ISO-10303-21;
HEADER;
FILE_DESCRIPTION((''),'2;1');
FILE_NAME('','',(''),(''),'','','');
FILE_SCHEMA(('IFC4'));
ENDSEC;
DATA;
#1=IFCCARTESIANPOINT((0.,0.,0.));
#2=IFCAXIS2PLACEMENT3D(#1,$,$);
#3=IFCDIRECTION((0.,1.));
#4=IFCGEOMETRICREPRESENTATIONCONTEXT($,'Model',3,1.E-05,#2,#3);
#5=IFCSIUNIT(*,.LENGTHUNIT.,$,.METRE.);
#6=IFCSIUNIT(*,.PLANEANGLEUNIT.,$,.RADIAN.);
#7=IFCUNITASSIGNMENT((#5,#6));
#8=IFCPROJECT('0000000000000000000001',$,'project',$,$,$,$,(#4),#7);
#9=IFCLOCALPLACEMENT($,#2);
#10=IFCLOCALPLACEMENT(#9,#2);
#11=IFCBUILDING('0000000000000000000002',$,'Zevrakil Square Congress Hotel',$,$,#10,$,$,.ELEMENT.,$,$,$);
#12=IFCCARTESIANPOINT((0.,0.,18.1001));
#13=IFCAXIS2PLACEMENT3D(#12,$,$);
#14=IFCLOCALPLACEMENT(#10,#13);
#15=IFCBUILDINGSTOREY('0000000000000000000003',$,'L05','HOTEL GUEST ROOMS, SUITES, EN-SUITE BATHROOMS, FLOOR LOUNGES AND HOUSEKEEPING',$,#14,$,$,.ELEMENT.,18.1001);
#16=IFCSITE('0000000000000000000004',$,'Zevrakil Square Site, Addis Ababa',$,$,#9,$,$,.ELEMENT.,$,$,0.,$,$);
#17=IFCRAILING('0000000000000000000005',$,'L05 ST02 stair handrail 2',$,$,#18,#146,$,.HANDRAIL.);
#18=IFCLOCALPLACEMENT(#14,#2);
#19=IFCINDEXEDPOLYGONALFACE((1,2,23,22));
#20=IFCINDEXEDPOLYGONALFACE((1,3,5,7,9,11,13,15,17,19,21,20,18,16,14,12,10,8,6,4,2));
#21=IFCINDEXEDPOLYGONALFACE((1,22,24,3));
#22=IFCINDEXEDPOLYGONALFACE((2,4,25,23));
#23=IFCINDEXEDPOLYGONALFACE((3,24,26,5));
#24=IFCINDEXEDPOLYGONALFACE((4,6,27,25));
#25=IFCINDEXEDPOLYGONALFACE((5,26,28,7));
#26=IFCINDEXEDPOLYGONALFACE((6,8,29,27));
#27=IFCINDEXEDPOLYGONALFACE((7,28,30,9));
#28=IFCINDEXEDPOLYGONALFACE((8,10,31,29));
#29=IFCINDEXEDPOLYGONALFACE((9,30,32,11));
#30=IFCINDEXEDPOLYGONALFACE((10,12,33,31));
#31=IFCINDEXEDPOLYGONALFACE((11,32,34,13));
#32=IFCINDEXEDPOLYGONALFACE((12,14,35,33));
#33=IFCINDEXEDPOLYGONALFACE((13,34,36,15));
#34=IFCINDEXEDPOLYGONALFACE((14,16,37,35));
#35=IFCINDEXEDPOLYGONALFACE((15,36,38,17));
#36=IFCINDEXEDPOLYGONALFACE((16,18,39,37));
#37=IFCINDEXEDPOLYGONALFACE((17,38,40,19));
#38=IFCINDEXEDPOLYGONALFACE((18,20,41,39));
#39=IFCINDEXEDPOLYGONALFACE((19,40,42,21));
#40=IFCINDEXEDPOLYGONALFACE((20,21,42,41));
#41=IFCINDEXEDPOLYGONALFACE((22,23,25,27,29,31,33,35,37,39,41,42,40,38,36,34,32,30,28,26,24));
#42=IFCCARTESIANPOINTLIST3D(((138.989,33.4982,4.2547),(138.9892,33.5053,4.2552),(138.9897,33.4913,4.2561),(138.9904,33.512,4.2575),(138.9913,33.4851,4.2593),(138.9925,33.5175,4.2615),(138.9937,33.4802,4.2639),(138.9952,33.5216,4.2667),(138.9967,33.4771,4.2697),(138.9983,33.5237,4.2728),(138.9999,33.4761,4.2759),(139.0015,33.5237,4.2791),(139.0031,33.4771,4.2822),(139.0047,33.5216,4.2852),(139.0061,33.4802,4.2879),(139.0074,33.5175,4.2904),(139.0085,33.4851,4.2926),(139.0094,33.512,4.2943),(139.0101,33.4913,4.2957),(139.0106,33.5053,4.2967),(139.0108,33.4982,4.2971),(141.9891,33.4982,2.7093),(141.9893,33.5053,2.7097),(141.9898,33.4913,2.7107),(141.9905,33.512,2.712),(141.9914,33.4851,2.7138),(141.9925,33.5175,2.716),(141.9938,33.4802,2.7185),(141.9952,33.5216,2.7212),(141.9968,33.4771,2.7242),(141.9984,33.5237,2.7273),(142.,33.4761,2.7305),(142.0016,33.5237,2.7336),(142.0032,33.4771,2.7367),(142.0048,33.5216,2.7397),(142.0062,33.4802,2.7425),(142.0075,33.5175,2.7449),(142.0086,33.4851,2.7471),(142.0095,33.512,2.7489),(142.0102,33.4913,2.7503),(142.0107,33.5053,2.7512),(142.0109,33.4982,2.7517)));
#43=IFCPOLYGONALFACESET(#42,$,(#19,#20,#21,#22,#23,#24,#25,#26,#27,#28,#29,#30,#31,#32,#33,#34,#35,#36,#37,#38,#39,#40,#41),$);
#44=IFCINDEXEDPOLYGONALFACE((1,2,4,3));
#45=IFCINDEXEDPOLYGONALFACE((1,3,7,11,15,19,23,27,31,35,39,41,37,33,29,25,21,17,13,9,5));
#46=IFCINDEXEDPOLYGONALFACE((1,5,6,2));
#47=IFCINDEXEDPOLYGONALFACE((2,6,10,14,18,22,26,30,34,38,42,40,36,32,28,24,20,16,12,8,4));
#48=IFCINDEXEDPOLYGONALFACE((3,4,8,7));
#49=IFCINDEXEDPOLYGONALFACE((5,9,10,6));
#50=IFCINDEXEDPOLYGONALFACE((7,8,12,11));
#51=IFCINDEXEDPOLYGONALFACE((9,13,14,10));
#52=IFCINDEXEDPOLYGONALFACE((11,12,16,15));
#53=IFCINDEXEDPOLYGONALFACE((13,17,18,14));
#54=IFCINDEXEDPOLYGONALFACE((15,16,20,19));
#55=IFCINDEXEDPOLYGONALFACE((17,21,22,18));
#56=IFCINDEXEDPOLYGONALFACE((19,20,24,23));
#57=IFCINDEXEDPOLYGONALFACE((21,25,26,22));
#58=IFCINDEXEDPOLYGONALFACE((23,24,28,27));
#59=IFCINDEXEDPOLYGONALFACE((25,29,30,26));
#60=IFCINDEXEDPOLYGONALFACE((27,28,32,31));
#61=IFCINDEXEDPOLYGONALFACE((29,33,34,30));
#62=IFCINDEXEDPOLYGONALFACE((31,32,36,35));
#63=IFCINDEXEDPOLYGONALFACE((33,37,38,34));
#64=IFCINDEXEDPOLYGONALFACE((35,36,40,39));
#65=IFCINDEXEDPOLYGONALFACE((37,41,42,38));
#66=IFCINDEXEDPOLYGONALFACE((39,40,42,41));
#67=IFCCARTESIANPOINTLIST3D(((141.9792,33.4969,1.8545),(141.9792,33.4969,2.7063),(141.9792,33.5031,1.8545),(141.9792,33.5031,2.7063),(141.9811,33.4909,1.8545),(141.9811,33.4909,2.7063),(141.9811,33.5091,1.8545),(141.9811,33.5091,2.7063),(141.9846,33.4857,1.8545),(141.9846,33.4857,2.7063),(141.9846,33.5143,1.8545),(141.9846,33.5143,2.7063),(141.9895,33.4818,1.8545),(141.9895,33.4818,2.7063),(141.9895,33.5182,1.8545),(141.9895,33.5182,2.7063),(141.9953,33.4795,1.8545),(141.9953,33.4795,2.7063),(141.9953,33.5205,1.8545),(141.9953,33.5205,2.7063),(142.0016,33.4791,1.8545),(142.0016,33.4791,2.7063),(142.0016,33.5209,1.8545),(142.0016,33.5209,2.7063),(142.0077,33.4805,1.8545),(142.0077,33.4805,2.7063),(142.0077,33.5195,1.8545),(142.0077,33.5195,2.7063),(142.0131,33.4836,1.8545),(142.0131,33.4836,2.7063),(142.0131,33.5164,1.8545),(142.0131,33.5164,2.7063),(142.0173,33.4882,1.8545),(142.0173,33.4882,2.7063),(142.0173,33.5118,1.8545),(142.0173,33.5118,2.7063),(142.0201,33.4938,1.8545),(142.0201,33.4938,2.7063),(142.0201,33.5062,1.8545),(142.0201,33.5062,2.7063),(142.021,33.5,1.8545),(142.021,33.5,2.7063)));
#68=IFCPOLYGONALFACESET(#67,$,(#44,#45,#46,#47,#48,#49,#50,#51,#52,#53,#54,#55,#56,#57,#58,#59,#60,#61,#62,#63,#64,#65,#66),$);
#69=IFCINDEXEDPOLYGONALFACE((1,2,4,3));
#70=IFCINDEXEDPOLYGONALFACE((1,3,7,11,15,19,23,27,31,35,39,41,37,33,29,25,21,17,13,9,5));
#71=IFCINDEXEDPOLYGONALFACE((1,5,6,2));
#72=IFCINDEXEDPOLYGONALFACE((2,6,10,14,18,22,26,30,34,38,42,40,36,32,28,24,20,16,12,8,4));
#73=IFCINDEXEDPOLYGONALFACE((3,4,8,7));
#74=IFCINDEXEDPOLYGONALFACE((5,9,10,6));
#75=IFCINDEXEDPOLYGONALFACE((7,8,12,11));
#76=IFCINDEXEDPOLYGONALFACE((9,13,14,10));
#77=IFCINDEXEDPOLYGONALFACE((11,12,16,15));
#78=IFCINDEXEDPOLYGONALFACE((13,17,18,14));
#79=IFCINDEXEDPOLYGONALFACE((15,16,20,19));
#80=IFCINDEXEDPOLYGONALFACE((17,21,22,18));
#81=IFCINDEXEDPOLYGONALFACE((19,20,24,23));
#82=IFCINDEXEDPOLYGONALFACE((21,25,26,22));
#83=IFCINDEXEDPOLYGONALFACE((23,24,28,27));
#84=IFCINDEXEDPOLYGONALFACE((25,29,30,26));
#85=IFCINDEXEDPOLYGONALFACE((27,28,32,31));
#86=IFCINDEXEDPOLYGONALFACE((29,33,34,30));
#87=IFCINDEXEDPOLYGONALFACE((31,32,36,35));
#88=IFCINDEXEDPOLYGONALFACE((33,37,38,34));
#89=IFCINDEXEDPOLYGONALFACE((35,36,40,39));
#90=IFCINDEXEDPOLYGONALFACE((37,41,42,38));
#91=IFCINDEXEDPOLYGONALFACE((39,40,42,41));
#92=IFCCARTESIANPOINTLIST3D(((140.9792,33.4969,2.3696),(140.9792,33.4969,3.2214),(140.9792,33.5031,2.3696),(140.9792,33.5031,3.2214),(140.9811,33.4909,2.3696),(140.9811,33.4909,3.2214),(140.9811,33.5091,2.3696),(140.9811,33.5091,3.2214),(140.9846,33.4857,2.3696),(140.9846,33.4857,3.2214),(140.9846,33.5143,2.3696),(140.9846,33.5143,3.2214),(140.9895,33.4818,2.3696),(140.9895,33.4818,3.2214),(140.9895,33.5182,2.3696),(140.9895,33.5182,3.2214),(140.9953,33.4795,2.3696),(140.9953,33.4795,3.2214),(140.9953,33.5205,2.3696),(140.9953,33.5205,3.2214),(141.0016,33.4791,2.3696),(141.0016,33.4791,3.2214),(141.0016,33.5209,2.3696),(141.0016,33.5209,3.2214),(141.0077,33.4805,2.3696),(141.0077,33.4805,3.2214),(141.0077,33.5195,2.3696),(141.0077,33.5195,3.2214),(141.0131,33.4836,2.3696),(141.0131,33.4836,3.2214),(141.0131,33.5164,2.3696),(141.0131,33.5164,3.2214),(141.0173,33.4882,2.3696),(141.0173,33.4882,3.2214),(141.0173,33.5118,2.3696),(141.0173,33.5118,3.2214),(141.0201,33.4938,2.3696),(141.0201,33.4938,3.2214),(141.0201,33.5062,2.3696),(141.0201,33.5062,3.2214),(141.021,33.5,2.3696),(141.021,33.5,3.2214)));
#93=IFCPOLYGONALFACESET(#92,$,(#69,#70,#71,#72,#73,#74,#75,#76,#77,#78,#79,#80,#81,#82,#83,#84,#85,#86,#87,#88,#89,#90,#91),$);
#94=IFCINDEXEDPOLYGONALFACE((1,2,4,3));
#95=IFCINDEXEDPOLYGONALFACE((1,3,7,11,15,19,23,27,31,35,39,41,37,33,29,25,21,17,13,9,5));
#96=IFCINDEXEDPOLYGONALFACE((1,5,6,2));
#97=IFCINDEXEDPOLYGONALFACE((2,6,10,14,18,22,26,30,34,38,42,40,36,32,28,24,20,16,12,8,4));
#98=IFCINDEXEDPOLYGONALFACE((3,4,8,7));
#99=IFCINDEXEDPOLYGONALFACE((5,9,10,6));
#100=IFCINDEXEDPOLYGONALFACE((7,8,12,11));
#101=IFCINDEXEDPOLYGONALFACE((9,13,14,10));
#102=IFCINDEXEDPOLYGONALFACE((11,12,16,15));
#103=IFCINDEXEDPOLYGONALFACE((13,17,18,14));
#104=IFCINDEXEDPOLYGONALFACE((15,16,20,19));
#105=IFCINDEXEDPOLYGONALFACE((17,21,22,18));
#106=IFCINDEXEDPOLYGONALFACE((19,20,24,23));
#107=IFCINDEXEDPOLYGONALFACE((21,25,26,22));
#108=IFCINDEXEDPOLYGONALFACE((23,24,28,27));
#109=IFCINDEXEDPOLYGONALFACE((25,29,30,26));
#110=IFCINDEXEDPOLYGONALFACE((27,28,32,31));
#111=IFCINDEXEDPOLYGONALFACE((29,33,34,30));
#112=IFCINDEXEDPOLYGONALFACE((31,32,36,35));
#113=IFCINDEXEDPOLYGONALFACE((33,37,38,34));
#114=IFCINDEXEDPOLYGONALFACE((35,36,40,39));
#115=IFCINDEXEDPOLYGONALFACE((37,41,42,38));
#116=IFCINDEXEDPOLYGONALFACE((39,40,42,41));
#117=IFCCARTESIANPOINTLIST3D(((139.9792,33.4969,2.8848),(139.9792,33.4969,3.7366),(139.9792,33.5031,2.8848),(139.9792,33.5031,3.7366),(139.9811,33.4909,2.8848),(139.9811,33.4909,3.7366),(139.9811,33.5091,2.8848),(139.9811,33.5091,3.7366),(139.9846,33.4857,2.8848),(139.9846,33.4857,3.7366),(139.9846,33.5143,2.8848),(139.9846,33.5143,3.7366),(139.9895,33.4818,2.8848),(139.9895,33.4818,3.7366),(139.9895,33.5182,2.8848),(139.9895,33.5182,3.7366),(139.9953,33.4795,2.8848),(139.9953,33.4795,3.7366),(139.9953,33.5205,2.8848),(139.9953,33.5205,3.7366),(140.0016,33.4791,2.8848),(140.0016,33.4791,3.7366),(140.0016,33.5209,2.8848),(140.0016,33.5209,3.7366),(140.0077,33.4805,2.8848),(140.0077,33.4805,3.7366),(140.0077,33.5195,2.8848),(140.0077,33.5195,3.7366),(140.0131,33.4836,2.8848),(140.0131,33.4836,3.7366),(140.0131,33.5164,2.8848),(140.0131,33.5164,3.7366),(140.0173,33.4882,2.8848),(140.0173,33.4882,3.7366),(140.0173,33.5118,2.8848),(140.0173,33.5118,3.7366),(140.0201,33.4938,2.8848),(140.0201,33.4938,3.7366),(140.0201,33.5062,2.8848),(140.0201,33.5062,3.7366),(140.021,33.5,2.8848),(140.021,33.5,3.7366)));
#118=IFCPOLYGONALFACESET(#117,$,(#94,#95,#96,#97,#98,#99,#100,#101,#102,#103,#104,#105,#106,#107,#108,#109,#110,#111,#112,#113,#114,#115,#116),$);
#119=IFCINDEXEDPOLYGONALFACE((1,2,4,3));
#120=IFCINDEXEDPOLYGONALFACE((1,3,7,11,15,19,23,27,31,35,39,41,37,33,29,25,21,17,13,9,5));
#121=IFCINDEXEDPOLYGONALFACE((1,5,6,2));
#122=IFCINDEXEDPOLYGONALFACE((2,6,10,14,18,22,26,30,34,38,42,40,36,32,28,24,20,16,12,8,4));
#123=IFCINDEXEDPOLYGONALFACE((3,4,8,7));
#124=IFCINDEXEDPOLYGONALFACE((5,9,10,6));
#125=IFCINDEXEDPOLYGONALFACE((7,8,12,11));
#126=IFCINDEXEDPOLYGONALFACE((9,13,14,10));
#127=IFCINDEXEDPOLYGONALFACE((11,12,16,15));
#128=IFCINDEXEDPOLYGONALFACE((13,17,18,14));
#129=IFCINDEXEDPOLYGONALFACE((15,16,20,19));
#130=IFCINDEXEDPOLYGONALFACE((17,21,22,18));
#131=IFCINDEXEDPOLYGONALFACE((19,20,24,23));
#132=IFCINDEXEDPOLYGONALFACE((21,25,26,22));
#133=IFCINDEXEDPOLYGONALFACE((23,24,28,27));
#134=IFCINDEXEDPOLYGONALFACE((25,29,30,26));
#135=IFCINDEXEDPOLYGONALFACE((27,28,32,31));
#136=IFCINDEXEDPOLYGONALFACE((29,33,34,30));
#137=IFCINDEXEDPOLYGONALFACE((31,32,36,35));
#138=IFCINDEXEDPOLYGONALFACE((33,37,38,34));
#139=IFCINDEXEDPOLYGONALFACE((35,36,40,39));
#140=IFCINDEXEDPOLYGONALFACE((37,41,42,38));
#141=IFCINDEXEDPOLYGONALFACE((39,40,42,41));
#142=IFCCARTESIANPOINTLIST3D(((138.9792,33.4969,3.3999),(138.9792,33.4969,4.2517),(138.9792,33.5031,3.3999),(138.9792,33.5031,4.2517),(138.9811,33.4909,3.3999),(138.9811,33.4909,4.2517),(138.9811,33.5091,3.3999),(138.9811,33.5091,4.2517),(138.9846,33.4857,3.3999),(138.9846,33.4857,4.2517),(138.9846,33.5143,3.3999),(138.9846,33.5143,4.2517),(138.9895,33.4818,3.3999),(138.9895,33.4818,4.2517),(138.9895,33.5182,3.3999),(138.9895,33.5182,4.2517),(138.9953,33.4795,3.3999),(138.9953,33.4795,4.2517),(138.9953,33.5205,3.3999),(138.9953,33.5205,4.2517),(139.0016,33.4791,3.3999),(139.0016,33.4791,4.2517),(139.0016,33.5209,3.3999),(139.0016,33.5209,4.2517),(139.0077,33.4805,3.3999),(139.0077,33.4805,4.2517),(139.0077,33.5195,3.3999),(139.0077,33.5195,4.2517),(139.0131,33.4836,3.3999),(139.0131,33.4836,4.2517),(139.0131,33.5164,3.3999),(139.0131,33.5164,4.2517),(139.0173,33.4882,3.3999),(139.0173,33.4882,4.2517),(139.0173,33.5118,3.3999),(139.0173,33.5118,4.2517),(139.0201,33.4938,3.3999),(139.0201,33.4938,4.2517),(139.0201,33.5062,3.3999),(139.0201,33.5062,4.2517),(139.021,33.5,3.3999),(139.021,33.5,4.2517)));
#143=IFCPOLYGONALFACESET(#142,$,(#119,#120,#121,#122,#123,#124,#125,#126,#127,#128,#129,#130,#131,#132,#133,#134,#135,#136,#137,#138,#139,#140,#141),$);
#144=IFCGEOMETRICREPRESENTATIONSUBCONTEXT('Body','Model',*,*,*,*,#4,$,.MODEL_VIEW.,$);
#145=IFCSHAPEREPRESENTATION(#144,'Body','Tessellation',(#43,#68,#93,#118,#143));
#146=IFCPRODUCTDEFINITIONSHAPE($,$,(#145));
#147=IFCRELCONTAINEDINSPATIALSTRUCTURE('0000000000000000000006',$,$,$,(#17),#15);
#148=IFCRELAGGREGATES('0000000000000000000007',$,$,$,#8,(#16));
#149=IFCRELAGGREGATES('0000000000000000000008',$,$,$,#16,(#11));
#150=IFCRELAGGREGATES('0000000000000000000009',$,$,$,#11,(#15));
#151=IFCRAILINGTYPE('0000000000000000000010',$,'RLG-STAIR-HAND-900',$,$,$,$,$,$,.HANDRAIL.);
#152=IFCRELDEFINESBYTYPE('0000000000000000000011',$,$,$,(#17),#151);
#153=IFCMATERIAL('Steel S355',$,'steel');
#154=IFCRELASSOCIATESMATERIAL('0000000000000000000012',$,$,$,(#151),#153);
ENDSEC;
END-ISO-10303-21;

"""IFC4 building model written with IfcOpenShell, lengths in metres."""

from ifc_helpers import new_model, si_unit, direction, frame, origin, origin_2d, place, context, subcontext, project, spatial, circle, extrude, material, type_object, element, save


model = new_model("IFC4")

# Units and contexts
model_context = context("Model", 3, precision=1e-05, world=origin(), true_north=direction((0.0, 1.0)))
body_context = subcontext(model_context, "Body", "Model", "MODEL_VIEW")
ifc_project = project(units=[si_unit("LENGTHUNIT", "METRE"), si_unit("PLANEANGLEUNIT", "RADIAN")], contexts=[model_context])

# Site, building, storey
site_placement = place(None, origin())
site = spatial("IfcSite", under=ifc_project, at=site_placement, Name="Zevrakil Square Site, Addis Ababa", CompositionType="ELEMENT", RefElevation=0.0)
building_placement = place(site_placement, origin())
building = spatial("IfcBuilding", under=site, at=building_placement, Name="Zevrakil Square Congress Hotel", CompositionType="ELEMENT")
storey_placement = place(building_placement, frame((0.0, 0.0, 18.1001)))
storey = spatial("IfcBuildingStorey", under=building, at=storey_placement, Name="L05", Description="HOTEL GUEST ROOMS, SUITES, EN-SUITE BATHROOMS, FLOOR LOUNGES AND HOUSEKEEPING", CompositionType="ELEMENT", Elevation=18.1001)

# Railing
ifc_material_1 = material(Name="Steel S355", Category="steel")
railing_type_1 = type_object("IfcRailingType", Name="RLG-STAIR-HAND-900", PredefinedType="HANDRAIL", material=ifc_material_1)
railing_1_placement = place(storey_placement, frame((142.0, 33.5, 1.8545)))
element("IfcRailing", 1, at=railing_1_placement, inside=storey, type_object=railing_type_1, Name="L05 ST02 stair handrail 2", PredefinedType="HANDRAIL", context=body_context, shape_type="SweptSolid", body=[
    extrude(circle(Radius=0.0239, at=origin_2d()), frame((0.0, 0.0, 0.876), z_axis=(-0.88898, 0.0, 0.457946), x_axis=(0.0, -1.0, 0.0)), (0.0, 0.0, 1.0), 3.3748),
    extrude(circle(Radius=0.021, at=origin_2d()), origin(), (0.0, 0.0, 1.0), 0.8518),
    extrude(circle(Radius=0.021, at=origin_2d()), frame((-1.0, 0.0, 0.5151)), (0.0, 0.0, 1.0), 0.8518),
    extrude(circle(Radius=0.021, at=origin_2d()), frame((-2.0, 0.0, 1.0303)), (0.0, 0.0, 1.0), 0.8518),
    extrude(circle(Radius=0.021, at=origin_2d()), frame((-3.0, 0.0, 1.5454)), (0.0, 0.0, 1.0), 0.8518),
])

save(model, "model.ifc")
